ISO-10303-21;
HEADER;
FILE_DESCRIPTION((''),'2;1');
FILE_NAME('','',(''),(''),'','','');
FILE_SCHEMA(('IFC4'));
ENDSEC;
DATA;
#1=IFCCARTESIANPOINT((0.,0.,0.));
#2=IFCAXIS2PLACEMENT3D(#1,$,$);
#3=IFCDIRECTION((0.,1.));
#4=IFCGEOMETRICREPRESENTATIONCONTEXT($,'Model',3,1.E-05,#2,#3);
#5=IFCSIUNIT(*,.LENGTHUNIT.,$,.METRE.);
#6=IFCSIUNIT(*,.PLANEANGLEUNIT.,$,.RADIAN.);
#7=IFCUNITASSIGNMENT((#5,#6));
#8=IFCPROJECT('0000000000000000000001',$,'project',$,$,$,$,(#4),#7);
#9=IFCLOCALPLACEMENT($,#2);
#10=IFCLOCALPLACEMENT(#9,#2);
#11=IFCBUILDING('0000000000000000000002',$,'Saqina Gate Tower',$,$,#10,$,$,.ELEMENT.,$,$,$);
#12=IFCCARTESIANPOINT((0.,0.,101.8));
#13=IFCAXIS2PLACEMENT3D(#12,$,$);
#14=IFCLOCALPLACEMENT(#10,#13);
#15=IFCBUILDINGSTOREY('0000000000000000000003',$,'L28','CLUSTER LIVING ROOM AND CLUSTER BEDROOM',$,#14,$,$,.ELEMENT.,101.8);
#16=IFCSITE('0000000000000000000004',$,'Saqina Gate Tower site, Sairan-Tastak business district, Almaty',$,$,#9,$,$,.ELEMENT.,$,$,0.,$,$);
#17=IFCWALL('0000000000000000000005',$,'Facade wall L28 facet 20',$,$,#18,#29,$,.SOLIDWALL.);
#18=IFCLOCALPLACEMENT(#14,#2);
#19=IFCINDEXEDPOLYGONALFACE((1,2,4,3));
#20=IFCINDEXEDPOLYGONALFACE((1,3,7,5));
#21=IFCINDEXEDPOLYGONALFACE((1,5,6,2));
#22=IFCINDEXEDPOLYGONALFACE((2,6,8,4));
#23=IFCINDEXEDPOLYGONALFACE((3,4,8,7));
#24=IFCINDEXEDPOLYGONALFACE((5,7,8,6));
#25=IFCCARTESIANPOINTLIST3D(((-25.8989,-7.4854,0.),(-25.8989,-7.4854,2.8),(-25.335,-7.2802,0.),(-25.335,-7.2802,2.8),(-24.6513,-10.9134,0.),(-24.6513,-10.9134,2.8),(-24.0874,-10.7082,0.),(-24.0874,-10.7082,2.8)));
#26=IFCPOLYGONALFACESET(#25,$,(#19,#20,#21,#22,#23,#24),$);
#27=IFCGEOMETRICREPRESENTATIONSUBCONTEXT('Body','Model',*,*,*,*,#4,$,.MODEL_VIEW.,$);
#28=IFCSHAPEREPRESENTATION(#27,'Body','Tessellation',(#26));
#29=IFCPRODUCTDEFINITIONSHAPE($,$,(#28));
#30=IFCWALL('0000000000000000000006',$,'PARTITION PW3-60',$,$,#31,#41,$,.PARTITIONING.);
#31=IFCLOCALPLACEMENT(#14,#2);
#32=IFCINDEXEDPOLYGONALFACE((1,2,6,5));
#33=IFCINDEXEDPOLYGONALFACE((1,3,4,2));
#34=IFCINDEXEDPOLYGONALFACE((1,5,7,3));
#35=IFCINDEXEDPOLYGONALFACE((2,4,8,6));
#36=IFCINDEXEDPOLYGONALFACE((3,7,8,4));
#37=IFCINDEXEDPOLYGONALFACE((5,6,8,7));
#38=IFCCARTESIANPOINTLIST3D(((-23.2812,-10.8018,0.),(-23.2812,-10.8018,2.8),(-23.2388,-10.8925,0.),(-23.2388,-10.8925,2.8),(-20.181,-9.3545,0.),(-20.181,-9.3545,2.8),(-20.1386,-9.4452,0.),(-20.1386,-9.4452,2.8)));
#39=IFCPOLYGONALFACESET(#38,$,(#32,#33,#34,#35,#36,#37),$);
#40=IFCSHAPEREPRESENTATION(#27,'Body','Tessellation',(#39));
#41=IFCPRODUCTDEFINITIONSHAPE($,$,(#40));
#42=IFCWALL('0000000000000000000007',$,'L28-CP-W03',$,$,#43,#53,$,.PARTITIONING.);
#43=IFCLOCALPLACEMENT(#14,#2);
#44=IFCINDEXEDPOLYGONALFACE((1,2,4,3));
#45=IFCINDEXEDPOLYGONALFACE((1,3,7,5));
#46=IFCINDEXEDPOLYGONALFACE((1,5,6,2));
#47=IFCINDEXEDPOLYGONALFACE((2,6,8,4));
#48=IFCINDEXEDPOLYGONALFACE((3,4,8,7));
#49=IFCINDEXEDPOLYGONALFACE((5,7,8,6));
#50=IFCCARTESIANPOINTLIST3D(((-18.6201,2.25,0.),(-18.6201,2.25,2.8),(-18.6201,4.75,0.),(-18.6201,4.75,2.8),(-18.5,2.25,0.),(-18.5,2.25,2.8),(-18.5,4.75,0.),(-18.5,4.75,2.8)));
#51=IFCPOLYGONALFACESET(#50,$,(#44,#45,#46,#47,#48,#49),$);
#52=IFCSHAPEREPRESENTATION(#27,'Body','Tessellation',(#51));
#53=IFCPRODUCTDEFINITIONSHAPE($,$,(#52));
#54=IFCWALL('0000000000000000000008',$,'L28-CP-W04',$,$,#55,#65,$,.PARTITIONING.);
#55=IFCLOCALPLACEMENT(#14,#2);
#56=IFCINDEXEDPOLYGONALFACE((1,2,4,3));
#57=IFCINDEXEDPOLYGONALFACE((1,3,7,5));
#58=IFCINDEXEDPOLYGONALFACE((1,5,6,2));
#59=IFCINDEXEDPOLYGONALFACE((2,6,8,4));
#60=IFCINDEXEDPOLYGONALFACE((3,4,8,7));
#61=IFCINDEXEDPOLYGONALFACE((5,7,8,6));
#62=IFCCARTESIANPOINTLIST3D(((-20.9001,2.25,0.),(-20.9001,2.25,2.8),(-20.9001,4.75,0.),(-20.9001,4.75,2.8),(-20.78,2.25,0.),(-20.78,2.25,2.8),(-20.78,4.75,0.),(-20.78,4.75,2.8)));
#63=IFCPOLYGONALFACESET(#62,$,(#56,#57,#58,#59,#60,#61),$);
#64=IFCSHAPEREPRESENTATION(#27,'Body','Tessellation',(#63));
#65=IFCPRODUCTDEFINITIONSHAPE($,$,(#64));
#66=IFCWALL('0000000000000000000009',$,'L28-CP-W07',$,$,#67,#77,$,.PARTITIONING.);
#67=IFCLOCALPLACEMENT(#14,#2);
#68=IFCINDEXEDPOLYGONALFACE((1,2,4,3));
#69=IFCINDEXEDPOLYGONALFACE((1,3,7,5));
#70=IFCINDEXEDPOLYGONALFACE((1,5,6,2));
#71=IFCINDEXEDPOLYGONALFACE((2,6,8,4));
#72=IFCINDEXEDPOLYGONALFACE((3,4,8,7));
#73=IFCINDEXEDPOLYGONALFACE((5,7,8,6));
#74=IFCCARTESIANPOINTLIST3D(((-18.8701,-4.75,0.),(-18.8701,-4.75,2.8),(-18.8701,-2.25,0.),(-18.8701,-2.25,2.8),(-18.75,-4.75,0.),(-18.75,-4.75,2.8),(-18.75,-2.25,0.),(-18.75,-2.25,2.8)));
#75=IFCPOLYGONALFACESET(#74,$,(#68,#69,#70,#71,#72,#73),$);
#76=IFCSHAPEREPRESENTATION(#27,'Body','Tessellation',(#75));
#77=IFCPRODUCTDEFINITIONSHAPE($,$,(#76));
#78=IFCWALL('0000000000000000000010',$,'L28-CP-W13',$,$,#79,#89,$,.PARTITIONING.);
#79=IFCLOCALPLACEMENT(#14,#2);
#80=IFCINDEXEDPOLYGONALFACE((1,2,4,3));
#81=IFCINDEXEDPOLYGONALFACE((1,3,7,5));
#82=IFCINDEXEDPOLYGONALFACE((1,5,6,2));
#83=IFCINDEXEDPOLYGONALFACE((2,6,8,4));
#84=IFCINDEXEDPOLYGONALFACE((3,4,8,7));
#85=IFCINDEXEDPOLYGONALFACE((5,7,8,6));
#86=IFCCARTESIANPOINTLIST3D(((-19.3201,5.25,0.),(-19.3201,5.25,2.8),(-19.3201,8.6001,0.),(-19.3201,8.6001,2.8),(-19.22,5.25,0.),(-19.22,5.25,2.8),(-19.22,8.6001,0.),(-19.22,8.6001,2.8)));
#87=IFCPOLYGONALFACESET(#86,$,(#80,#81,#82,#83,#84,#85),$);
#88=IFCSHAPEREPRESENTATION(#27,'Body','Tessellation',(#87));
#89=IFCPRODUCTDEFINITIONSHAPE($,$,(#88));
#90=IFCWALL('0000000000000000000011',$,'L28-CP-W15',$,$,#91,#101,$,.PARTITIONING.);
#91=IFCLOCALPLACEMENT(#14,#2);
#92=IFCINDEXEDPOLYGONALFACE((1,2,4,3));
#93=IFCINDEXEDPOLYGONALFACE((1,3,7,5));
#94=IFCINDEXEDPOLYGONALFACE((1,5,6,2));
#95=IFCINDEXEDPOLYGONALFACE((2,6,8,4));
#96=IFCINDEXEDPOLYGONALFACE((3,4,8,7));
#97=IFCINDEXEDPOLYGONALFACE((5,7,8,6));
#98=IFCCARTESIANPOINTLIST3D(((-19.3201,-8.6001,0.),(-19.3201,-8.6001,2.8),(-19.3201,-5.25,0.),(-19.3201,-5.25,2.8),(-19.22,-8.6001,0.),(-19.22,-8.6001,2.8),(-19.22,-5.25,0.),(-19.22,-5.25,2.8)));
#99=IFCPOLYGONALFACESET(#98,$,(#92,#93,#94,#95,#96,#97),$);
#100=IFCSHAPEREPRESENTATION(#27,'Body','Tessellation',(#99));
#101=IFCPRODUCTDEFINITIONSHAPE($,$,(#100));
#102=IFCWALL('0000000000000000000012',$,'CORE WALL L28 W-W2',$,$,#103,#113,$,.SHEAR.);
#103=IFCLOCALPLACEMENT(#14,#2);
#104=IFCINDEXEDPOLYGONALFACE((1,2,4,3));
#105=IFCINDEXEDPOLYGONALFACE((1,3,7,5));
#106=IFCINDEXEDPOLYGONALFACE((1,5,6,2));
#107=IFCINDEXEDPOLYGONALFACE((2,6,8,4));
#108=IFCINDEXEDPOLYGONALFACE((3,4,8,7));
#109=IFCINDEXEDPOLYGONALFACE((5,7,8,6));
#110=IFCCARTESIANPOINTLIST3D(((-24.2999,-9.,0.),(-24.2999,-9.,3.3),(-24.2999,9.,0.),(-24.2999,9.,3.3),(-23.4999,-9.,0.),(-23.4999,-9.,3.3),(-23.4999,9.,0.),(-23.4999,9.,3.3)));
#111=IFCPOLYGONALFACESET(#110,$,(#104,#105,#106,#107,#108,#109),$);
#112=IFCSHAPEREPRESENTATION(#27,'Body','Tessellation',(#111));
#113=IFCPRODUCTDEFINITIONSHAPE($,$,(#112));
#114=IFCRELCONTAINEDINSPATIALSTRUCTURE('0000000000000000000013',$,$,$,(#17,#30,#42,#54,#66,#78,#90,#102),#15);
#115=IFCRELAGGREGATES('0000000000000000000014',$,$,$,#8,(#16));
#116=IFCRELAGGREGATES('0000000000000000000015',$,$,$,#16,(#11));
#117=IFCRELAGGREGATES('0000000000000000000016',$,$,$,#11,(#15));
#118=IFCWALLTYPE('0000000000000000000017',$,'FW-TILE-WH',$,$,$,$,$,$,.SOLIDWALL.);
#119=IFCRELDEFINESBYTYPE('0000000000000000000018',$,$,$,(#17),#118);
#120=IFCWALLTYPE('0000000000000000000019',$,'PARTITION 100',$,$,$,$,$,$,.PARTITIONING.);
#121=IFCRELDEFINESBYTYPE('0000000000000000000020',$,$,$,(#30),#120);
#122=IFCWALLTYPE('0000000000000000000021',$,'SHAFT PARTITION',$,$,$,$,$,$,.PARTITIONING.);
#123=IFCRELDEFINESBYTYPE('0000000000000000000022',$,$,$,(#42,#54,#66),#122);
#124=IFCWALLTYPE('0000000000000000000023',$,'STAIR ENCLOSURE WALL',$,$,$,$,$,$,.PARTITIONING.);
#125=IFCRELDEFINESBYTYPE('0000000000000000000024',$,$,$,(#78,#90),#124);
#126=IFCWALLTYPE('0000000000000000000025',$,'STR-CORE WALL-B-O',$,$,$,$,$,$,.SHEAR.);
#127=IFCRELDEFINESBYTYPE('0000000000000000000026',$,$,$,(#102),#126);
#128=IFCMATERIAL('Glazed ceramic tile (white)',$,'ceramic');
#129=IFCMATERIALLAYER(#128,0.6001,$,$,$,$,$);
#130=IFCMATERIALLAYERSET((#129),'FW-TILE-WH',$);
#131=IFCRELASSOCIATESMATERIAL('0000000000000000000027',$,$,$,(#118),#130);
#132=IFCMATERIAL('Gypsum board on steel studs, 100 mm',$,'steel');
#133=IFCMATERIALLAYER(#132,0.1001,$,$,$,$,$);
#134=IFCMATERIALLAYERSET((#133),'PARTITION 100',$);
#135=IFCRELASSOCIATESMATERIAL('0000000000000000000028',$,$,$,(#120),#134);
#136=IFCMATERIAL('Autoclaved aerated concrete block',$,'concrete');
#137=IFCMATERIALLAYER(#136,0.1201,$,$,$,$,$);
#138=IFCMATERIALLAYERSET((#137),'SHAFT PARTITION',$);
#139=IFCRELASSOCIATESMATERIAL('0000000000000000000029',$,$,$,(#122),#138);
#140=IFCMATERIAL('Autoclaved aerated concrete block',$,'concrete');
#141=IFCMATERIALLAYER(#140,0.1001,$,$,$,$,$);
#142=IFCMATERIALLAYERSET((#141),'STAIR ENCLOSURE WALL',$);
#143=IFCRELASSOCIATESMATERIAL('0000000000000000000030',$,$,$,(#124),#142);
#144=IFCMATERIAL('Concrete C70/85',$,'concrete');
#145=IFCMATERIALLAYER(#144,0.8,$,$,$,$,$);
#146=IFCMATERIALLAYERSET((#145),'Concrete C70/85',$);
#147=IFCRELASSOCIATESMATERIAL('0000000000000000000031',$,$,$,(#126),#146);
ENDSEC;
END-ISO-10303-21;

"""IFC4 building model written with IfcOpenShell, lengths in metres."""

from ifc_helpers import new_model, si_unit, direction, frame, frame_2d, origin, place, context, subcontext, project, spatial, rectangle, extrude, material, layer, layer_set, type_object, element, save


model = new_model("IFC4")

# Units and contexts
model_context = context("Model", 3, precision=1e-05, world=origin(), true_north=direction((0.0, 1.0)))
body_context = subcontext(model_context, "Body", "Model", "MODEL_VIEW")
ifc_project = project(units=[si_unit("LENGTHUNIT", "METRE"), si_unit("PLANEANGLEUNIT", "RADIAN")], contexts=[model_context])

# Site, building, storey
site_placement = place(None, origin())
site = spatial("IfcSite", under=ifc_project, at=site_placement, Name="Saqina Gate Tower site, Sairan-Tastak business district, Almaty", CompositionType="ELEMENT", RefElevation=0.0)
building_placement = place(site_placement, origin())
building = spatial("IfcBuilding", under=site, at=building_placement, Name="Saqina Gate Tower", CompositionType="ELEMENT")
storey_placement = place(building_placement, frame((0.0, 0.0, 101.8)))
storey = spatial("IfcBuildingStorey", under=building, at=storey_placement, Name="L28", Description="CLUSTER LIVING ROOM AND CLUSTER BEDROOM", CompositionType="ELEMENT", Elevation=101.8)

# Walls
ifc_material_1 = material(Name="Glazed ceramic tile (white)", Category="ceramic")
ifc_layer_1 = layer(ifc_material_1, 0.6001)
ifc_layer_set_1 = layer_set([ifc_layer_1], Name="FW-TILE-WH")
wall_type_1 = type_object("IfcWallType", Name="FW-TILE-WH", PredefinedType="SOLIDWALL", material=ifc_layer_set_1)
wall_1_placement = place(storey_placement, frame((-25.6169, -7.3828, 0.0), z_axis=(0.0, 0.0, 1.0), x_axis=(0.34199, -0.939704, 0.0)))
element("IfcWall", 1, at=wall_1_placement, inside=storey, type_object=wall_type_1, Name="Facade wall L28 facet 20", PredefinedType="SOLIDWALL", context=body_context, shape_type="SweptSolid", body=[
    extrude(rectangle(XDim=3.6479, YDim=0.6001, at=frame_2d((1.824, 0.0))), origin(), (0.0, 0.0, 1.0), 2.8),
])
ifc_material_2 = material(Name="Gypsum board on steel studs, 100 mm", Category="steel")
ifc_layer_2 = layer(ifc_material_2, 0.1001)
ifc_layer_set_2 = layer_set([ifc_layer_2], Name="PARTITION 100")
wall_type_2 = type_object("IfcWallType", Name="PARTITION 100", PredefinedType="PARTITIONING", material=ifc_layer_set_2)
wall_2_placement = place(storey_placement, frame((-23.26, -10.8472, 0.0), z_axis=(0.0, 0.0, 1.0), x_axis=(0.906121, 0.423018, 0.0)))
element("IfcWall", 2, at=wall_2_placement, inside=storey, type_object=wall_type_2, Name="PARTITION PW3-60", PredefinedType="PARTITIONING", context=body_context, shape_type="SweptSolid", body=[
    extrude(rectangle(XDim=3.4214, YDim=0.1001, at=frame_2d((1.7107, 0.0))), origin(), (0.0, 0.0, 1.0), 2.8),
])
ifc_material_3 = material(Name="Autoclaved aerated concrete block", Category="concrete")
ifc_layer_3 = layer(ifc_material_3, 0.1201)
ifc_layer_set_3 = layer_set([ifc_layer_3], Name="SHAFT PARTITION")
wall_type_3 = type_object("IfcWallType", Name="SHAFT PARTITION", PredefinedType="PARTITIONING", material=ifc_layer_set_3)
for number, where, z_axis, x_axis, name in (
    (3, (-18.5601, 2.25, 0.0), (0.0, 0.0, 1.0), (0.0, 1.0, 0.0), "L28-CP-W03"),
    (4, (-20.8401, 2.25, 0.0), (0.0, 0.0, 1.0), (0.0, 1.0, 0.0), "L28-CP-W04"),
    (5, (-18.8101, -4.75, 0.0), (0.0, 0.0, 1.0), (0.0, 1.0, 0.0), "L28-CP-W07"),
):
    element("IfcWall", number, at=place(storey_placement, frame(where, z_axis=z_axis, x_axis=x_axis)), inside=storey, type_object=wall_type_3, Name=name, PredefinedType="PARTITIONING", context=body_context, shape_type="SweptSolid", body=[
        extrude(rectangle(XDim=2.5, YDim=0.1201, at=frame_2d((1.25, 0.0))), origin(), (0.0, 0.0, 1.0), 2.8),
    ])
ifc_material_4 = material(Name="Autoclaved aerated concrete block", Category="concrete")
ifc_layer_4 = layer(ifc_material_4, 0.1001)
ifc_layer_set_4 = layer_set([ifc_layer_4], Name="STAIR ENCLOSURE WALL")
wall_type_4 = type_object("IfcWallType", Name="STAIR ENCLOSURE WALL", PredefinedType="PARTITIONING", material=ifc_layer_set_4)
for number, where, z_axis, x_axis, name in (
    (6, (-19.27, 5.25, 0.0), (0.0, 0.0, 1.0), (0.0, 1.0, 0.0), "L28-CP-W13"),
    (7, (-19.27, -8.6001, 0.0), (0.0, 0.0, 1.0), (0.0, 1.0, 0.0), "L28-CP-W15"),
):
    element("IfcWall", number, at=place(storey_placement, frame(where, z_axis=z_axis, x_axis=x_axis)), inside=storey, type_object=wall_type_4, Name=name, PredefinedType="PARTITIONING", context=body_context, shape_type="SweptSolid", body=[
        extrude(rectangle(XDim=3.3501, YDim=0.1001, at=frame_2d((1.675, 0.0))), origin(), (0.0, 0.0, 1.0), 2.8),
    ])
ifc_material_5 = material(Name="Concrete C70/85", Category="concrete")
ifc_layer_5 = layer(ifc_material_5, 0.8)
ifc_layer_set_5 = layer_set([ifc_layer_5], Name="Concrete C70/85")
wall_type_5 = type_object("IfcWallType", Name="STR-CORE WALL-B-O", PredefinedType="SHEAR", material=ifc_layer_set_5)
wall_3_placement = place(storey_placement, frame((-23.8999, -9.0, 0.0), z_axis=(0.0, 0.0, 1.0), x_axis=(0.0, 1.0, 0.0)))
element("IfcWall", 8, at=wall_3_placement, inside=storey, type_object=wall_type_5, Name="CORE WALL L28 W-W2", PredefinedType="SHEAR", context=body_context, shape_type="SweptSolid", body=[
    extrude(rectangle(XDim=18.0, YDim=0.8, at=frame_2d((9.0, 0.0))), origin(), (0.0, 0.0, 1.0), 3.3),
])

save(model, "model.ifc")
